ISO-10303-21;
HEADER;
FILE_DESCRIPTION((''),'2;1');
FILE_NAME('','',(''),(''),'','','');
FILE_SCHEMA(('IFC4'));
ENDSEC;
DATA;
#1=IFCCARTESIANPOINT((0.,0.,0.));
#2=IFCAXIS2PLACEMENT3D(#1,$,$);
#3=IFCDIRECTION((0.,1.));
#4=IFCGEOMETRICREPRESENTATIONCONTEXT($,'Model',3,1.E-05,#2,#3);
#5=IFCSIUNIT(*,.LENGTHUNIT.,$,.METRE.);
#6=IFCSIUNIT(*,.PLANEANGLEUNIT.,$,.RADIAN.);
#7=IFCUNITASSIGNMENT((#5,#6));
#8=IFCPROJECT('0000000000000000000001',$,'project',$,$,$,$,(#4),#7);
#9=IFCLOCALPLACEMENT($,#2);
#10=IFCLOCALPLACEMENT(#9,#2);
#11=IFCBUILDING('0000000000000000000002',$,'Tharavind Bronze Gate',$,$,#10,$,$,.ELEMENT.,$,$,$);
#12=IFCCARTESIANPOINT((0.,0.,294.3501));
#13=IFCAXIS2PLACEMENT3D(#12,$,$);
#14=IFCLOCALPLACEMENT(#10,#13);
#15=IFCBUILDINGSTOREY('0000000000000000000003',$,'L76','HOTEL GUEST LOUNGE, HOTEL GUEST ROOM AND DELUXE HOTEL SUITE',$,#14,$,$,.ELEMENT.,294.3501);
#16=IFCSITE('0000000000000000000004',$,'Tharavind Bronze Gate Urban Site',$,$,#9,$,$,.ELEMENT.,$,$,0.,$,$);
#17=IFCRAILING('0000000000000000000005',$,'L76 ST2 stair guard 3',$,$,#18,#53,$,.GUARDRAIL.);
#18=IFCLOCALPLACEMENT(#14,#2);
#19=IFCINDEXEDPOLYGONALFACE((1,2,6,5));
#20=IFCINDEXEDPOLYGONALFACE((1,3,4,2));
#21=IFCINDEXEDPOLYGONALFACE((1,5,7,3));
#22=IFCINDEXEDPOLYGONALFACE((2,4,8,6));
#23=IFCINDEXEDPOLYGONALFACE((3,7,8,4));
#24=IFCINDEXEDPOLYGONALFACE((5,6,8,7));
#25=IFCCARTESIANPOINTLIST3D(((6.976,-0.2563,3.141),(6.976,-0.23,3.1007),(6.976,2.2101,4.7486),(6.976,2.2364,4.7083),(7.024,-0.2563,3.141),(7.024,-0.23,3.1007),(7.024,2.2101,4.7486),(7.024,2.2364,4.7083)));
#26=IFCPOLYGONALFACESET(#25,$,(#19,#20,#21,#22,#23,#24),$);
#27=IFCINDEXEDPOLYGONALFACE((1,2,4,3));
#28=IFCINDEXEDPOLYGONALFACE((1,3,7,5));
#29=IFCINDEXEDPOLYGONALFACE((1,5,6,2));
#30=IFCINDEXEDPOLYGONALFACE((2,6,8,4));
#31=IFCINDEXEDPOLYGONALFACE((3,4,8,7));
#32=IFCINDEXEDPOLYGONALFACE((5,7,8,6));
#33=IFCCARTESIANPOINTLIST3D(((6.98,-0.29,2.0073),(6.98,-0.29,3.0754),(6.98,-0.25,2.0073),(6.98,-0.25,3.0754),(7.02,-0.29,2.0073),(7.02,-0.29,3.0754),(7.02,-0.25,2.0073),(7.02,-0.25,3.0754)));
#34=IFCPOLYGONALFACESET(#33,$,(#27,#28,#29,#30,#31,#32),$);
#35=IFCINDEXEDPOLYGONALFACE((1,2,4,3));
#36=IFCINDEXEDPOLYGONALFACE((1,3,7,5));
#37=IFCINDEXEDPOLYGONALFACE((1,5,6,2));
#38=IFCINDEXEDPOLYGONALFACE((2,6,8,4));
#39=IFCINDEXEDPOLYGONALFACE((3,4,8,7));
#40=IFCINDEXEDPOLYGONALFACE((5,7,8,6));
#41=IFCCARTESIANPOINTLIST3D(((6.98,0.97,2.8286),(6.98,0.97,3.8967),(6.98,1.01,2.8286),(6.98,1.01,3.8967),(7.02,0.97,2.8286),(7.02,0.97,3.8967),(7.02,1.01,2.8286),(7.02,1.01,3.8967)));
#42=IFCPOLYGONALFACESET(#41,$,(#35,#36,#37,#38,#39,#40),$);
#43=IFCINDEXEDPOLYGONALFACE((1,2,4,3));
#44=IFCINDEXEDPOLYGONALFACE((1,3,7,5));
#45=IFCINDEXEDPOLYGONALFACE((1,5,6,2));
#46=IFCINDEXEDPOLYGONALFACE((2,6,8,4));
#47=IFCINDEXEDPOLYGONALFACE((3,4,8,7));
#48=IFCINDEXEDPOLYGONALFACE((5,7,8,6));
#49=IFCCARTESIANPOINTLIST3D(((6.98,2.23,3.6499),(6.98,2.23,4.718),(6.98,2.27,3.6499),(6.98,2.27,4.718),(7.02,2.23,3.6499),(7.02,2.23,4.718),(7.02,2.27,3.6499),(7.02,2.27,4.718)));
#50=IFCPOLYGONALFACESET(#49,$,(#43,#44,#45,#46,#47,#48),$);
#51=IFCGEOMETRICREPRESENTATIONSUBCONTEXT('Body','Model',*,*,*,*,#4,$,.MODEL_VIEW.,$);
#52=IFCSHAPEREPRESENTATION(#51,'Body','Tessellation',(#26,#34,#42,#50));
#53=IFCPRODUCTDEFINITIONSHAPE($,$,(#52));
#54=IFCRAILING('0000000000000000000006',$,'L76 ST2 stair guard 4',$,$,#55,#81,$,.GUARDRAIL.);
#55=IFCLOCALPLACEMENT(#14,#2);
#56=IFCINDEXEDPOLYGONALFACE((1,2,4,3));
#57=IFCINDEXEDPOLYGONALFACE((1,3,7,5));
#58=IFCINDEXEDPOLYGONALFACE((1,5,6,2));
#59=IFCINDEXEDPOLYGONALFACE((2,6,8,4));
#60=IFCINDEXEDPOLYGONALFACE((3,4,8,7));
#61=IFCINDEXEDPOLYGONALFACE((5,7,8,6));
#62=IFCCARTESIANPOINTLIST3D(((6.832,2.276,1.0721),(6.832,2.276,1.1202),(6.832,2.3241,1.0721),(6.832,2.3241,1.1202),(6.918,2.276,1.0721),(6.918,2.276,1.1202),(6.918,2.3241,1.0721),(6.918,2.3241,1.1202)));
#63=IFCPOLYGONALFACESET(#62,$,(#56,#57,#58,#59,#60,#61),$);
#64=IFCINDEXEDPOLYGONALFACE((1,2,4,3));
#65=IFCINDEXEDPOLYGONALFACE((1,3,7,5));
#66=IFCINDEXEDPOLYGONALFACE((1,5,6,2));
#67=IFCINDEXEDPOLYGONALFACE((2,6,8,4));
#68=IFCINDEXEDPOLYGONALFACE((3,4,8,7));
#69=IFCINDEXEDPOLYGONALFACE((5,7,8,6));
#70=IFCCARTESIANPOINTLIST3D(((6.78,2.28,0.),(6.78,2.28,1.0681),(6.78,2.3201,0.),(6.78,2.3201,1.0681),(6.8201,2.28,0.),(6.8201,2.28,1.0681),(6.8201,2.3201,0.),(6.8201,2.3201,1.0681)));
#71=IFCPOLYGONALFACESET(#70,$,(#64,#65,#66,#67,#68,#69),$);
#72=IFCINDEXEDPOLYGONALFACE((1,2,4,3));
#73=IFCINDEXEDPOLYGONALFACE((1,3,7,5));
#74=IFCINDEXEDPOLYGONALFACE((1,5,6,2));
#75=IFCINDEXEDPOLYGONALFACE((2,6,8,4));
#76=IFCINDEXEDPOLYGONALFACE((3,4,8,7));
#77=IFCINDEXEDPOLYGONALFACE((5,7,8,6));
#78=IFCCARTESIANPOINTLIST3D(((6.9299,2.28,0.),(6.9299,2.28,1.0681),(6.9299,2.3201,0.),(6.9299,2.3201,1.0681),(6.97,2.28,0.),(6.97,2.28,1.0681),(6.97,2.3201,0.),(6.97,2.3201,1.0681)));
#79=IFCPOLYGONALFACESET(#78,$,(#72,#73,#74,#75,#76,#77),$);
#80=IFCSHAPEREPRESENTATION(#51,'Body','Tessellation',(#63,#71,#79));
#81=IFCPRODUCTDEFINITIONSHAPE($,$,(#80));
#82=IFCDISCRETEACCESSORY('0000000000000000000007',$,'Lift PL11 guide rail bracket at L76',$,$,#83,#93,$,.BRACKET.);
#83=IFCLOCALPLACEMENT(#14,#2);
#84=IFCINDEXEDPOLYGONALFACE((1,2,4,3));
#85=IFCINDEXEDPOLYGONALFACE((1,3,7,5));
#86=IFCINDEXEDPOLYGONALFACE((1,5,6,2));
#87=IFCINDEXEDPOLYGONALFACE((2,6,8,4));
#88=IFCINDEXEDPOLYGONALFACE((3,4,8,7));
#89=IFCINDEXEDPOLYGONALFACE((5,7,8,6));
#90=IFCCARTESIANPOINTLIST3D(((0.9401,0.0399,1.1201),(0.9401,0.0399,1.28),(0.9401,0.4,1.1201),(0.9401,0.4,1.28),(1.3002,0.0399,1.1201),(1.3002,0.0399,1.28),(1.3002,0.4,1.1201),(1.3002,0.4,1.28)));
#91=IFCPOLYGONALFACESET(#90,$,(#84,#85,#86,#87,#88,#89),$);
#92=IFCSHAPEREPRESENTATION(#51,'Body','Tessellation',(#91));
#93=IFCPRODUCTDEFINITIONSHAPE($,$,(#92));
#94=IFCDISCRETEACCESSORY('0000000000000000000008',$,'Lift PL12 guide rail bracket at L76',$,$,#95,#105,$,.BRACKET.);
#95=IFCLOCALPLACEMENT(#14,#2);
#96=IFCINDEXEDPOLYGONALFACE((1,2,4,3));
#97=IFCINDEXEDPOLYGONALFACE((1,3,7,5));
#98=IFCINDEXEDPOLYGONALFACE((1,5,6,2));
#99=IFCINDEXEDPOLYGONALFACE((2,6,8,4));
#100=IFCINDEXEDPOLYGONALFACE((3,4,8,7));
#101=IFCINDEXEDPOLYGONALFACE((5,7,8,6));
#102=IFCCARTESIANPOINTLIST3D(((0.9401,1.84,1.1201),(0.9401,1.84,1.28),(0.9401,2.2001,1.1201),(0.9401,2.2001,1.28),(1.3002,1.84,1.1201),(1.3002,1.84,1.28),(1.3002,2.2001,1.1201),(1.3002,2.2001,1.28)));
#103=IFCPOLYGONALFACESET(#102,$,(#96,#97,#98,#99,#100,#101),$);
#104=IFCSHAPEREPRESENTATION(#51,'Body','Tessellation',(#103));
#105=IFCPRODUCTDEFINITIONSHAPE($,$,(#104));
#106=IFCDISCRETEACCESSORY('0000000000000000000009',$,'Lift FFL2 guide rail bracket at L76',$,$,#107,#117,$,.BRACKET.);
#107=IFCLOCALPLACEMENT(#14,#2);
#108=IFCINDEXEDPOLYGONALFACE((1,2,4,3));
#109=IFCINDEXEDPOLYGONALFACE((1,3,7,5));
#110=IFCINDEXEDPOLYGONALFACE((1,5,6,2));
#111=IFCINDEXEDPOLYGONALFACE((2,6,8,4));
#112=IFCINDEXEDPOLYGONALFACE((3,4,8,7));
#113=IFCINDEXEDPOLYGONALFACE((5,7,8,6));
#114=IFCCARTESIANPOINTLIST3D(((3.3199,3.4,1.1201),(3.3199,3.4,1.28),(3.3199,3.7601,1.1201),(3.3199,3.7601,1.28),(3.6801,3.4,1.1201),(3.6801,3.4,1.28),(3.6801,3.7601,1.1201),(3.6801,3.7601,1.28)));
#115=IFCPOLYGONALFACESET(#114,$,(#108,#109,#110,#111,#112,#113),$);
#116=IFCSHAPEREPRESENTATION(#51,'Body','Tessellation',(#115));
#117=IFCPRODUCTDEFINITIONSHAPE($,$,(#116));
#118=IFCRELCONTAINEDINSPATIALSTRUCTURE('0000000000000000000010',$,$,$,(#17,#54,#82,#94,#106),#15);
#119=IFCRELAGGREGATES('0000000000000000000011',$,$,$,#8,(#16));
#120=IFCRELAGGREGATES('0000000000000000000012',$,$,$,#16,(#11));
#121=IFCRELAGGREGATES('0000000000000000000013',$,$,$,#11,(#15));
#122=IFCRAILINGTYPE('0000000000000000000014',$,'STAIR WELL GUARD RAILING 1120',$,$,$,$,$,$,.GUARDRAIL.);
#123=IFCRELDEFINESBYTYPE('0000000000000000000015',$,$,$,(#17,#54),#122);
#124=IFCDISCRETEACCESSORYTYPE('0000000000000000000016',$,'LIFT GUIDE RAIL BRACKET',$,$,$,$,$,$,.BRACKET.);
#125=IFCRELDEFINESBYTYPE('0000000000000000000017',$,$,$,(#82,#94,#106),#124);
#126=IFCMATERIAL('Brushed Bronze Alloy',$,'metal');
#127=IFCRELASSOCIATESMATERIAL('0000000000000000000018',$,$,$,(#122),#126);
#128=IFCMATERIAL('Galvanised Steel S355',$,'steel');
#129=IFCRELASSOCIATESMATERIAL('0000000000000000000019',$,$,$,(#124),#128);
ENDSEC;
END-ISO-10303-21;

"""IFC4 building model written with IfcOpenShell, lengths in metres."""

from ifc_helpers import new_model, si_unit, direction, frame, origin, origin_2d, place, context, subcontext, project, spatial, rectangle, extrude, material, type_object, element, save


model = new_model("IFC4")

# Units and contexts
model_context = context("Model", 3, precision=1e-05, world=origin(), true_north=direction((0.0, 1.0)))
body_context = subcontext(model_context, "Body", "Model", "MODEL_VIEW")
ifc_project = project(units=[si_unit("LENGTHUNIT", "METRE"), si_unit("PLANEANGLEUNIT", "RADIAN")], contexts=[model_context])

# Site, building, storey
site_placement = place(None, origin())
site = spatial("IfcSite", under=ifc_project, at=site_placement, Name="Tharavind Bronze Gate Urban Site", CompositionType="ELEMENT", RefElevation=0.0)
building_placement = place(site_placement, origin())
building = spatial("IfcBuilding", under=site, at=building_placement, Name="Tharavind Bronze Gate", CompositionType="ELEMENT")
storey_placement = place(building_placement, frame((0.0, 0.0, 294.3501)))
storey = spatial("IfcBuildingStorey", under=building, at=storey_placement, Name="L76", Description="HOTEL GUEST LOUNGE, HOTEL GUEST ROOM AND DELUXE HOTEL SUITE", CompositionType="ELEMENT", Elevation=294.3501)

# Railings
ifc_material_1 = material(Name="Brushed Bronze Alloy", Category="metal")
railing_type_1 = type_object("IfcRailingType", Name="STAIR WELL GUARD RAILING 1120", PredefinedType="GUARDRAIL", material=ifc_material_1)
railing_1_placement = place(storey_placement, frame((7.0, -0.27, 2.0073)))
element("IfcRailing", 1, at=railing_1_placement, inside=storey, type_object=railing_type_1, Name="L76 ST2 stair guard 3", PredefinedType="GUARDRAIL", context=body_context, shape_type="SweptSolid", body=[
    extrude(rectangle(XDim=0.0481, YDim=0.0481, at=origin_2d()), frame((0.0, 0.0269, 1.1135), z_axis=(0.0, 0.837749, 0.546055), x_axis=(-1.0, 0.0, 0.0)), (0.0, 0.0, 1.0), 2.9441),
    extrude(rectangle(XDim=0.04, YDim=0.04, at=origin_2d()), origin(), (0.0, 0.0, 1.0), 1.0681),
    extrude(rectangle(XDim=0.04, YDim=0.04, at=origin_2d()), frame((0.0, 1.26, 0.8213)), (0.0, 0.0, 1.0), 1.0681),
    extrude(rectangle(XDim=0.04, YDim=0.04, at=origin_2d()), frame((0.0, 2.52, 1.6426)), (0.0, 0.0, 1.0), 1.0681),
])
railing_2_placement = place(storey_placement, frame((6.8, 2.3, 0.0)))
element("IfcRailing", 2, at=railing_2_placement, inside=storey, type_object=railing_type_1, Name="L76 ST2 stair guard 4", PredefinedType="GUARDRAIL", context=body_context, shape_type="SweptSolid", body=[
    extrude(rectangle(XDim=0.0481, YDim=0.0481, at=origin_2d()), frame((0.032, 0.0, 1.0962), z_axis=(1.0, 0.0, 0.0), x_axis=(0.0, 1.0, 0.0)), (0.0, 0.0, 1.0), 0.0859),
    extrude(rectangle(XDim=0.04, YDim=0.04, at=origin_2d()), origin(), (0.0, 0.0, 1.0), 1.0681),
    extrude(rectangle(XDim=0.04, YDim=0.04, at=origin_2d()), frame((0.1499, 0.0, 0.0)), (0.0, 0.0, 1.0), 1.0681),
])

# Discrete accessories
ifc_material_2 = material(Name="Galvanised Steel S355", Category="steel")
discrete_accessory_type = type_object("IfcDiscreteAccessoryType", Name="LIFT GUIDE RAIL BRACKET", PredefinedType="BRACKET", material=ifc_material_2)
for number, where, z_axis, x_axis, name in (
    (3, (1.1201, 0.22, 1.1201), (0.0, 0.0, 1.0), (1.0, 0.0, 0.0), "Lift PL11 guide rail bracket at L76"),
    (4, (1.1201, 2.02, 1.1201), (0.0, 0.0, 1.0), (1.0, 0.0, 0.0), "Lift PL12 guide rail bracket at L76"),
    (5, (3.5, 3.5801, 1.1201), (0.0, 0.0, 1.0), (1.0, 0.0, 0.0), "Lift FFL2 guide rail bracket at L76"),
):
    element("IfcDiscreteAccessory", number, at=place(storey_placement, frame(where, z_axis=z_axis, x_axis=x_axis)), inside=storey, type_object=discrete_accessory_type, Name=name, PredefinedType="BRACKET", context=body_context, shape_type="SweptSolid", body=[
        extrude(rectangle(XDim=0.3601, YDim=0.3601, at=origin_2d()), origin(), (0.0, 0.0, 1.0), 0.1599),
    ])

save(model, "model.ifc")
